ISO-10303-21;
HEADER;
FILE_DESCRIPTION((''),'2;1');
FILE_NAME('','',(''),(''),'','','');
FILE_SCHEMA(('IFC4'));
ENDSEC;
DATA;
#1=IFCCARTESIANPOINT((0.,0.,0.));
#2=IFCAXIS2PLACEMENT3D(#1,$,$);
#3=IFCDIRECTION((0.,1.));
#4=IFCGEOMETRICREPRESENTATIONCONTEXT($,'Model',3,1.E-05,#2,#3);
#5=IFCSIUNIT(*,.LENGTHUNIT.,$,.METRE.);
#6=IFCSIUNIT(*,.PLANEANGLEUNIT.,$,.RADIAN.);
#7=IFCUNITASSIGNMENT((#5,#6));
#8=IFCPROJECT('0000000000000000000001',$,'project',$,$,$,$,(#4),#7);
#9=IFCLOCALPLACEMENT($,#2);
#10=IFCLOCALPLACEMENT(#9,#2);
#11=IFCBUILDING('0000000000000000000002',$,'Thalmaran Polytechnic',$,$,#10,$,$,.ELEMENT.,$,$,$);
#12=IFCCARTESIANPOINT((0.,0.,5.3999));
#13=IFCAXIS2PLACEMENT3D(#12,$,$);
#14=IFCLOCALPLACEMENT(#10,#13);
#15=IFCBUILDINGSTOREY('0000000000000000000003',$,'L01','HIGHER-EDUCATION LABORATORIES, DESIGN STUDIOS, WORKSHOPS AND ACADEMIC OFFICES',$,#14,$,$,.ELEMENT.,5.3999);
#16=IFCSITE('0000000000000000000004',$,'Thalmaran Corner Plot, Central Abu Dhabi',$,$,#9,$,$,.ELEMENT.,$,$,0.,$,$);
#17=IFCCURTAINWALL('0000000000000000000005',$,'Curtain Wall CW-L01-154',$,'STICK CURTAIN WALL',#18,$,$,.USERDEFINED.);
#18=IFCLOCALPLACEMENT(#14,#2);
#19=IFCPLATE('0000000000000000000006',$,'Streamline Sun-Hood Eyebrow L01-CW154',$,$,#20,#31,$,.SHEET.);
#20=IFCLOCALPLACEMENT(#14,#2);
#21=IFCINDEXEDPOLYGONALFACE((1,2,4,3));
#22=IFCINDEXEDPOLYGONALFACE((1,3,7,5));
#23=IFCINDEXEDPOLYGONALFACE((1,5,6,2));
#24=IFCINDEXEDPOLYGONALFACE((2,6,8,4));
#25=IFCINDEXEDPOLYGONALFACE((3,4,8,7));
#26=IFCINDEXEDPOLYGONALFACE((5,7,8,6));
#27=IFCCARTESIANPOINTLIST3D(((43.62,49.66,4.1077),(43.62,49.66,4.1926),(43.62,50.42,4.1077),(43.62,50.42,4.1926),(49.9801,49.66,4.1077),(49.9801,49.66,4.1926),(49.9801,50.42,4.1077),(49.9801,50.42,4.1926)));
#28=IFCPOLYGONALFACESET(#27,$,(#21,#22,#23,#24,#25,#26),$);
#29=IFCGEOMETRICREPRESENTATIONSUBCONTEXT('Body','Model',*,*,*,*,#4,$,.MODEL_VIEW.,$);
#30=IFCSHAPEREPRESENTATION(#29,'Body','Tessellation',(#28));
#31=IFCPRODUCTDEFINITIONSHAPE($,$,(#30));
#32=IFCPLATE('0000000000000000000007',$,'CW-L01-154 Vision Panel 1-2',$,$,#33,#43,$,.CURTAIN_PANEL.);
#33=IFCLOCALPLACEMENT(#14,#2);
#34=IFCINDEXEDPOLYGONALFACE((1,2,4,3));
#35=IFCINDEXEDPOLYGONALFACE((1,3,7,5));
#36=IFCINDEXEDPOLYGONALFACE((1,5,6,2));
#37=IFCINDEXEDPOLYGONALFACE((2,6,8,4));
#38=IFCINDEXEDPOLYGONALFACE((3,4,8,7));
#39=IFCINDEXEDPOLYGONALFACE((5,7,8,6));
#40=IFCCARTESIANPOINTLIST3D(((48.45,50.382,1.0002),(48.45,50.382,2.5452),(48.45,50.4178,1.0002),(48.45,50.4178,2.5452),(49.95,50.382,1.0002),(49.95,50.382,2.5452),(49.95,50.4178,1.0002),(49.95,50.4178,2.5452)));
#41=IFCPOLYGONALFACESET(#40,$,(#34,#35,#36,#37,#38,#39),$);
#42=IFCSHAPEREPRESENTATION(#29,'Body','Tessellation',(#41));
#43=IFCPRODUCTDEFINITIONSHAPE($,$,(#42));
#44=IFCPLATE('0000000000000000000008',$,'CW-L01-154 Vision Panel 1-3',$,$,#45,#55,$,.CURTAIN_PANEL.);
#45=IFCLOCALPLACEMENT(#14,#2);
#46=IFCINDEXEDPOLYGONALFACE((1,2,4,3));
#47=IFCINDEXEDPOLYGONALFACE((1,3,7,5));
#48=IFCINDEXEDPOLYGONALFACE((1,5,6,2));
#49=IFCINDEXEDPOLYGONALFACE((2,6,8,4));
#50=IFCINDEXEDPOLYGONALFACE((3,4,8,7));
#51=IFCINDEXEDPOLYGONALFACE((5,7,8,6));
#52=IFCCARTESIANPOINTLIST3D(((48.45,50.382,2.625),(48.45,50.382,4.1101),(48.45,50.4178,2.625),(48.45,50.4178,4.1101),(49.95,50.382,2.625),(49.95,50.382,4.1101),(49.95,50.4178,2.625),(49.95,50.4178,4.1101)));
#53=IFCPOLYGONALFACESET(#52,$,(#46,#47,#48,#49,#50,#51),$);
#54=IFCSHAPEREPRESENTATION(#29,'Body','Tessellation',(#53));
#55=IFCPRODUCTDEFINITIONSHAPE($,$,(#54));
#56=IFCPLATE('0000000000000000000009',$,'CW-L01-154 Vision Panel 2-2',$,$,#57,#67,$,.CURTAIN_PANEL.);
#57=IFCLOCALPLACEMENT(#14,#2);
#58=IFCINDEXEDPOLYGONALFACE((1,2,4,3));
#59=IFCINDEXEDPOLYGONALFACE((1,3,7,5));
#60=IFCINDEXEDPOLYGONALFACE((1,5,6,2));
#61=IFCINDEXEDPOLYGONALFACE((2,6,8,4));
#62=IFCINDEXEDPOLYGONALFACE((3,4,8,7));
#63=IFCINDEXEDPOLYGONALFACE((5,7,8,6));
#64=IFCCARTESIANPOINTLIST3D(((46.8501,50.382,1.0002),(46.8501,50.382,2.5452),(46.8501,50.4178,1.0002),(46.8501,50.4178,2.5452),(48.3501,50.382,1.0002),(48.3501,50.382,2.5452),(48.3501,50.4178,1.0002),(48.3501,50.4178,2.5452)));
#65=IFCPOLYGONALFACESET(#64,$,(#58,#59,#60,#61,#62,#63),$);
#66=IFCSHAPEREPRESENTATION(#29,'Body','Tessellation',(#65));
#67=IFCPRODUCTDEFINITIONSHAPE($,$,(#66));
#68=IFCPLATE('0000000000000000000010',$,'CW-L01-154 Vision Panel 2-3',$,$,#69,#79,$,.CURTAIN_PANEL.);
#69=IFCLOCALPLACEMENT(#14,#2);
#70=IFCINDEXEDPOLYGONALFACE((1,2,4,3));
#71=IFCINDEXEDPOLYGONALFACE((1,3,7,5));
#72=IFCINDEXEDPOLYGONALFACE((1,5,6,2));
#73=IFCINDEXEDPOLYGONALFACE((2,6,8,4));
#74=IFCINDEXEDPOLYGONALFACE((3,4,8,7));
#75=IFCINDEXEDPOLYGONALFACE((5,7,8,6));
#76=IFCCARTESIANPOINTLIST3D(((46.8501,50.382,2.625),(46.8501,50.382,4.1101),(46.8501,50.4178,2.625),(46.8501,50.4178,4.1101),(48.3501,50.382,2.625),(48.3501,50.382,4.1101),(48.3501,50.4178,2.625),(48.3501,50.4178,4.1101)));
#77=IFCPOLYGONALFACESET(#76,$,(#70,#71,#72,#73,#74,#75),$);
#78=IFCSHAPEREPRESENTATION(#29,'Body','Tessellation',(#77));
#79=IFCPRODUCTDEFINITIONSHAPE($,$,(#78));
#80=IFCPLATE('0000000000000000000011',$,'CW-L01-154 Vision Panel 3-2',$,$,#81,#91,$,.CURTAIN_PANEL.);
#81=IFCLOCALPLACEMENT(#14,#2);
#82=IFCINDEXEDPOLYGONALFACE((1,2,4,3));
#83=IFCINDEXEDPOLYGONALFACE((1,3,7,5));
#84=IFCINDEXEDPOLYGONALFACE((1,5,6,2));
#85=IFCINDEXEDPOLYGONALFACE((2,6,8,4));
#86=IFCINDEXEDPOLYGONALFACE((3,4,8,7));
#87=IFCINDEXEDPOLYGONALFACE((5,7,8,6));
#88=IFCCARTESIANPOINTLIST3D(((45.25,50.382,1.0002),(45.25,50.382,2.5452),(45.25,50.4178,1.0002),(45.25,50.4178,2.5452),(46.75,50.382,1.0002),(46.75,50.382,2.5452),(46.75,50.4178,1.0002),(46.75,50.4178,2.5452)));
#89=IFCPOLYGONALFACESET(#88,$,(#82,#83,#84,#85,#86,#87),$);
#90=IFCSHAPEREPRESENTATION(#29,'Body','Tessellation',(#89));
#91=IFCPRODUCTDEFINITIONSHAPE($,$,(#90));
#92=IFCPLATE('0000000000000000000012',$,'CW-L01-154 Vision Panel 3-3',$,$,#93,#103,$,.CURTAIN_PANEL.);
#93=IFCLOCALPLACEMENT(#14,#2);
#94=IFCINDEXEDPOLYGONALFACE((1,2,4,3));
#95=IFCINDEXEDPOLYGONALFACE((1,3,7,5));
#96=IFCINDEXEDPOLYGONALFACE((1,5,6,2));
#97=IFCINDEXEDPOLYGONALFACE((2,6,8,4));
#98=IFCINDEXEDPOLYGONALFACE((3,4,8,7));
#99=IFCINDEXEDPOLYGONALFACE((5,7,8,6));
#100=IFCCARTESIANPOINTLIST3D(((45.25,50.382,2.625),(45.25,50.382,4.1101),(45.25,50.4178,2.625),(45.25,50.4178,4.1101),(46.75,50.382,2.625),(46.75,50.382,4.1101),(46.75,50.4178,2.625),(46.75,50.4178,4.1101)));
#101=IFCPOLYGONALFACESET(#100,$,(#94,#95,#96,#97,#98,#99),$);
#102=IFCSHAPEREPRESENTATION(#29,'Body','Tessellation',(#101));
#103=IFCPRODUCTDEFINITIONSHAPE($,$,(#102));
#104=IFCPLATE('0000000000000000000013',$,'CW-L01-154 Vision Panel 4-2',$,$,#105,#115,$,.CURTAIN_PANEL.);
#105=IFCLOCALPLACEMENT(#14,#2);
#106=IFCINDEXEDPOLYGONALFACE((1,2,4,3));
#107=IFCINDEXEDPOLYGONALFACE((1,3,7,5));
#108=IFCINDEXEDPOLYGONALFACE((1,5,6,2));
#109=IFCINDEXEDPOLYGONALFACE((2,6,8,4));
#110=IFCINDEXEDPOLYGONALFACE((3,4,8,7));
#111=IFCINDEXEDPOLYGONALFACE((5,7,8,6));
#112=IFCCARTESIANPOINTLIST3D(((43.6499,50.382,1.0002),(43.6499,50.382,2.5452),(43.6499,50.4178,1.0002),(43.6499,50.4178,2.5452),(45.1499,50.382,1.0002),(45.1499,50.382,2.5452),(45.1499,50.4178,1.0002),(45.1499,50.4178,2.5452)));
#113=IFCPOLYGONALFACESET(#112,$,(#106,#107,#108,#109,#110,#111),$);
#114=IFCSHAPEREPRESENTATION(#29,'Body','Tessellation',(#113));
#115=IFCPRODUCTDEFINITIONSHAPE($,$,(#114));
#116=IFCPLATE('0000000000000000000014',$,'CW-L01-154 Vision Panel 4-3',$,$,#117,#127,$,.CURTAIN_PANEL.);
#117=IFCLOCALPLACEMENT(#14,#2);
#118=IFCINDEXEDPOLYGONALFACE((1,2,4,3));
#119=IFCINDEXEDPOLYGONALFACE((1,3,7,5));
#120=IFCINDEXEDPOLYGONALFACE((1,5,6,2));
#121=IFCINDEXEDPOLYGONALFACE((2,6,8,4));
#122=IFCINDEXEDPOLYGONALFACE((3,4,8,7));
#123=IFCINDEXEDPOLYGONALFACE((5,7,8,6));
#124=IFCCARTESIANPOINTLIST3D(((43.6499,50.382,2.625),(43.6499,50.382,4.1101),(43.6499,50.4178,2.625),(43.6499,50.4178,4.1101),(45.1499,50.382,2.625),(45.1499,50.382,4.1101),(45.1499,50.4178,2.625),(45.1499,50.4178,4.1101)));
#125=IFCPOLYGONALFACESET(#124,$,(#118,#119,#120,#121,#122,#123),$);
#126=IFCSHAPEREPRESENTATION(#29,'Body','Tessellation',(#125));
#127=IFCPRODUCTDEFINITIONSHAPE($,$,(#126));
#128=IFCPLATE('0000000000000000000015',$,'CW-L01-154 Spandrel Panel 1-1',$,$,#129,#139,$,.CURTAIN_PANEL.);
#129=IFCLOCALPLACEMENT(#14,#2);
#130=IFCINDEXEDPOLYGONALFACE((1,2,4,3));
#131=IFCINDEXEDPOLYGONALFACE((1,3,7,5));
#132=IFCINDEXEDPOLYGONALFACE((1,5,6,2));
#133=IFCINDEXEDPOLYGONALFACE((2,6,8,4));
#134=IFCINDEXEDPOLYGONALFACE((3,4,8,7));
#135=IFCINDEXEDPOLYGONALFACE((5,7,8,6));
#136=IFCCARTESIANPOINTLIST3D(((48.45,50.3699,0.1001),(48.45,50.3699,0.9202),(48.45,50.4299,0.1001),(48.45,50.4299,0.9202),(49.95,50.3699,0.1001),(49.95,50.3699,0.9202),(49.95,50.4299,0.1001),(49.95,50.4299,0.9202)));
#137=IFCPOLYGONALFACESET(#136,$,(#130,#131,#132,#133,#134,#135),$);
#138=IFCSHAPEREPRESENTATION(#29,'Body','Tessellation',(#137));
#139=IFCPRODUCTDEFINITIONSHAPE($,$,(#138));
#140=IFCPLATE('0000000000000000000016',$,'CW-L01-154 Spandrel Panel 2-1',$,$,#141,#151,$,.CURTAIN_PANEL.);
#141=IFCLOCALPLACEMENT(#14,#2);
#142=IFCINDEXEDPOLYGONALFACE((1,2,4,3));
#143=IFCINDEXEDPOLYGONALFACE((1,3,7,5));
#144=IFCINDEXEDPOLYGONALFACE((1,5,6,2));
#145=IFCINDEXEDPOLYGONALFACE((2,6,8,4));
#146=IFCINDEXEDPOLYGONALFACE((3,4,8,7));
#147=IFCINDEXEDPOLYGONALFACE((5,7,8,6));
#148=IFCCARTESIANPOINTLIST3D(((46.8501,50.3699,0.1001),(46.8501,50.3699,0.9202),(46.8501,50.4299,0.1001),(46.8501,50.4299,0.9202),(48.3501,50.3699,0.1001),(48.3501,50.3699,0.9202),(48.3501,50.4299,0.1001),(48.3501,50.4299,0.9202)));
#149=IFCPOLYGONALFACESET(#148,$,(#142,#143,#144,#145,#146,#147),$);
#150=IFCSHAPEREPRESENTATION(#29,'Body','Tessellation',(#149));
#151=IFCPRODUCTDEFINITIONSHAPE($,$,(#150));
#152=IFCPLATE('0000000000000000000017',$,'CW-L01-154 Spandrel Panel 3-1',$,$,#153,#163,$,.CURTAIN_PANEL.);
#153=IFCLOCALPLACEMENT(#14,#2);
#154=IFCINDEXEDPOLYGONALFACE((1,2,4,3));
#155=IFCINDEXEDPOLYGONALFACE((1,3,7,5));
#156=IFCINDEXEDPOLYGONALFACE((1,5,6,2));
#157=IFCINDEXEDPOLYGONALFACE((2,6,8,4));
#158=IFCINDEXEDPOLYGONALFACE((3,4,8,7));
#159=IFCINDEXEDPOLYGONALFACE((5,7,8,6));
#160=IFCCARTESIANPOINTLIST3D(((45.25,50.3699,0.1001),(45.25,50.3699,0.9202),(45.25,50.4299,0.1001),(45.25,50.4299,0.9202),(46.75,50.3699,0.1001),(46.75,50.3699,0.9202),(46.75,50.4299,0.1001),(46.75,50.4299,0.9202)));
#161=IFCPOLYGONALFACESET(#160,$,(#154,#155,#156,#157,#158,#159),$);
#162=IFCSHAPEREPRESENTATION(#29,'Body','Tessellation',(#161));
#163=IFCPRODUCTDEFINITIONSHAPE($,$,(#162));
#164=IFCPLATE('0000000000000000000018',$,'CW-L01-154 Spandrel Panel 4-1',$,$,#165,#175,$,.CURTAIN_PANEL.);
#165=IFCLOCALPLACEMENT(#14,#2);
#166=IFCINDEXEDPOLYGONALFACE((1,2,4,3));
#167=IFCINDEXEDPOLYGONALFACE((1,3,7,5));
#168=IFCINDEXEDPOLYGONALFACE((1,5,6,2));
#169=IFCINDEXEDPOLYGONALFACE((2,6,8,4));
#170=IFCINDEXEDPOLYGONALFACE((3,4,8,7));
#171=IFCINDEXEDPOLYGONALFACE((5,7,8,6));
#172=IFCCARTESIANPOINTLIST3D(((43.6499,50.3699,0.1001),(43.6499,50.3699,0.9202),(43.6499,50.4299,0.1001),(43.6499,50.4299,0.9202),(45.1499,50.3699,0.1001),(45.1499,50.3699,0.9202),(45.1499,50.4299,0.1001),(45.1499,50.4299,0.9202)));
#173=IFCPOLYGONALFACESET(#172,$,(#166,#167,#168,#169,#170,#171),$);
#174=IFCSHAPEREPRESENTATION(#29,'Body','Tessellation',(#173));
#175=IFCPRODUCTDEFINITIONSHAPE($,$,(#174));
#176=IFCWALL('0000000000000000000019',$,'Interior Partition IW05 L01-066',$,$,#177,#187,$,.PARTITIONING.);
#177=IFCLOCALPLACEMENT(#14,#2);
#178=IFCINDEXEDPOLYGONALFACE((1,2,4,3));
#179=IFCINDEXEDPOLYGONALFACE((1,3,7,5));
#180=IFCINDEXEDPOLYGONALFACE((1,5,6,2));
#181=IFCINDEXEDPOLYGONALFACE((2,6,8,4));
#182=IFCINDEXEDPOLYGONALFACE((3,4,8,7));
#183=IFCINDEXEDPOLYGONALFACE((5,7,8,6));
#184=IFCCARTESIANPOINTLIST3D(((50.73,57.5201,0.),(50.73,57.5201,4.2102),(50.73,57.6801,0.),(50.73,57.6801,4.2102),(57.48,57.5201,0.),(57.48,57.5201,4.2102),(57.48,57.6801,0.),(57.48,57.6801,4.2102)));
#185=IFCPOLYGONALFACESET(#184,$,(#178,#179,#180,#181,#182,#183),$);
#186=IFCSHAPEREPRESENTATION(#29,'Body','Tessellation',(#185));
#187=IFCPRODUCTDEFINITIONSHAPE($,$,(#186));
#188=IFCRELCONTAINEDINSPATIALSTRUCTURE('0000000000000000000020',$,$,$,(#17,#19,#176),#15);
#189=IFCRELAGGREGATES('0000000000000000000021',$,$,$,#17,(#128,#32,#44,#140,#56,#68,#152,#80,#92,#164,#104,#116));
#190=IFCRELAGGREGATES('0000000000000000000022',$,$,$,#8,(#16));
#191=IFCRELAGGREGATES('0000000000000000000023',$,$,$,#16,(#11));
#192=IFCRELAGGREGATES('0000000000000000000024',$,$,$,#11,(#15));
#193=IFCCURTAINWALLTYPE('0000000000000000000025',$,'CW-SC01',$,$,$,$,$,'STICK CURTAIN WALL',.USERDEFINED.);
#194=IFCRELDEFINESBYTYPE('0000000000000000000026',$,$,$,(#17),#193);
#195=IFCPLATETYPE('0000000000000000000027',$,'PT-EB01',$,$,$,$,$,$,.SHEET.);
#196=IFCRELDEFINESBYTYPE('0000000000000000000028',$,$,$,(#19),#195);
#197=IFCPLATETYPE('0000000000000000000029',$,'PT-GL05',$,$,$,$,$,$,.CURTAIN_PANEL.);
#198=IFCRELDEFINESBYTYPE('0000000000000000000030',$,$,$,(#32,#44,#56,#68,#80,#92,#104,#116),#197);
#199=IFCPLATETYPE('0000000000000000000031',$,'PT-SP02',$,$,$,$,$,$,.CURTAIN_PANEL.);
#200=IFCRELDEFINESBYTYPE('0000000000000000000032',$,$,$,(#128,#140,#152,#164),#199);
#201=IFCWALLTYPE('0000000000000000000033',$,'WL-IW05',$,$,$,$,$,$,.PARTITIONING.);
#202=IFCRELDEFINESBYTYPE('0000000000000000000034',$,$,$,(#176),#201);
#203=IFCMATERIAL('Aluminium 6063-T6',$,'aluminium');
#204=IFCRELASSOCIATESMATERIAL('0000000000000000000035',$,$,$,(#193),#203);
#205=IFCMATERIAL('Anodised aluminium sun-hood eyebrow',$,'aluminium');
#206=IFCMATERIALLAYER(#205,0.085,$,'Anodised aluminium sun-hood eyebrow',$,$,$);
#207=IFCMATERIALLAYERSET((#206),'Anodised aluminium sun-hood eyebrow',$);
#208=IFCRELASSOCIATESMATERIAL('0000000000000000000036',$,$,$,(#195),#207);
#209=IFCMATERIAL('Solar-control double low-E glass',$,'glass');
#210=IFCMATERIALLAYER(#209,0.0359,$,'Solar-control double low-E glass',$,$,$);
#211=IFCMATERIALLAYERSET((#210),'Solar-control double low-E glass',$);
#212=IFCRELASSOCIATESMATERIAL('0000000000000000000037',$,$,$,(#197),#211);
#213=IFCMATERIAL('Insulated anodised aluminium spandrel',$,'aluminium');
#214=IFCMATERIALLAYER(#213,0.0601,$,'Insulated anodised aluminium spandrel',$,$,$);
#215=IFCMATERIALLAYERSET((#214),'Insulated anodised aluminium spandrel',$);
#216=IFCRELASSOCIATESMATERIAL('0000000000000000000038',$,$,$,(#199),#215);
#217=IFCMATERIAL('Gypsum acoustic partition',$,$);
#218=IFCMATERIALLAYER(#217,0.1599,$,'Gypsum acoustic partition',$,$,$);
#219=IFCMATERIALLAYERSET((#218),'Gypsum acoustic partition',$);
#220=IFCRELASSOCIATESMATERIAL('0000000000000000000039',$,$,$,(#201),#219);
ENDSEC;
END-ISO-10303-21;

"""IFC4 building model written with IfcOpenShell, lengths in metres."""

from ifc_helpers import new_model, si_unit, direction, frame, frame_2d, origin, origin_2d, place, context, subcontext, project, spatial, rectangle, extrude, material, layer, layer_set, type_object, element, aggregate, save


model = new_model("IFC4")

# Units and contexts
model_context = context("Model", 3, precision=1e-05, world=origin(), true_north=direction((0.0, 1.0)))
body_context = subcontext(model_context, "Body", "Model", "MODEL_VIEW")
ifc_project = project(units=[si_unit("LENGTHUNIT", "METRE"), si_unit("PLANEANGLEUNIT", "RADIAN")], contexts=[model_context])

# Site, building, storey
site_placement = place(None, origin())
site = spatial("IfcSite", under=ifc_project, at=site_placement, Name="Thalmaran Corner Plot, Central Abu Dhabi", CompositionType="ELEMENT", RefElevation=0.0)
building_placement = place(site_placement, origin())
building = spatial("IfcBuilding", under=site, at=building_placement, Name="Thalmaran Polytechnic", CompositionType="ELEMENT")
storey_placement = place(building_placement, frame((0.0, 0.0, 5.3999)))
storey = spatial("IfcBuildingStorey", under=building, at=storey_placement, Name="L01", Description="HIGHER-EDUCATION LABORATORIES, DESIGN STUDIOS, WORKSHOPS AND ACADEMIC OFFICES", CompositionType="ELEMENT", Elevation=5.3999)

# Curtain wall
ifc_material_1 = material(Name="Aluminium 6063-T6", Category="aluminium")
curtain_wall_type = type_object("IfcCurtainWallType", Name="CW-SC01", ElementType="STICK CURTAIN WALL", PredefinedType="USERDEFINED", material=ifc_material_1)
curtain_wall_placement = place(storey_placement, origin())
curtain_wall = element("IfcCurtainWall", 1, at=curtain_wall_placement, inside=storey, type_object=curtain_wall_type, Name="Curtain Wall CW-L01-154", ObjectType="STICK CURTAIN WALL", PredefinedType="USERDEFINED")

# Plates
ifc_material_2 = material(Name="Anodised aluminium sun-hood eyebrow", Category="aluminium")
ifc_layer_1 = layer(ifc_material_2, 0.085, Name="Anodised aluminium sun-hood eyebrow")
ifc_layer_set_1 = layer_set([ifc_layer_1], Name="Anodised aluminium sun-hood eyebrow")
plate_type_1 = type_object("IfcPlateType", Name="PT-EB01", PredefinedType="SHEET", material=ifc_layer_set_1)
plate_1_placement = place(storey_placement, frame((46.8, 50.04, 4.1077), z_axis=(0.0, 0.0, 1.0), x_axis=(-1.0, 0.0, 0.0)))
element("IfcPlate", 2, at=plate_1_placement, inside=storey, type_object=plate_type_1, Name="Streamline Sun-Hood Eyebrow L01-CW154", PredefinedType="SHEET", context=body_context, shape_type="SweptSolid", body=[
    extrude(rectangle(XDim=6.3601, YDim=0.76, at=origin_2d()), origin(), (0.0, 0.0, 1.0), 0.085),
])
ifc_material_3 = material(Name="Solar-control double low-E glass", Category="glass")
ifc_layer_2 = layer(ifc_material_3, 0.0359, Name="Solar-control double low-E glass")
ifc_layer_set_2 = layer_set([ifc_layer_2], Name="Solar-control double low-E glass")
plate_type_2 = type_object("IfcPlateType", Name="PT-GL05", PredefinedType="CURTAIN_PANEL", material=ifc_layer_set_2)
plate_2_placement = place(storey_placement, frame((49.2, 50.3999, 1.0002), z_axis=(0.0, 0.0, 1.0), x_axis=(-1.0, 0.0, 0.0)))
plate_2 = element("IfcPlate", 3, at=plate_2_placement, type_object=plate_type_2, Name="CW-L01-154 Vision Panel 1-2", PredefinedType="CURTAIN_PANEL", context=body_context, shape_type="SweptSolid", body=[
    extrude(rectangle(XDim=1.5, YDim=0.0359, at=origin_2d()), origin(), (0.0, 0.0, 1.0), 1.5449),
])
plate_3_placement = place(storey_placement, frame((49.2, 50.3999, 2.625), z_axis=(0.0, 0.0, 1.0), x_axis=(-1.0, 0.0, 0.0)))
plate_3 = element("IfcPlate", 4, at=plate_3_placement, type_object=plate_type_2, Name="CW-L01-154 Vision Panel 1-3", PredefinedType="CURTAIN_PANEL", context=body_context, shape_type="SweptSolid", body=[
    extrude(rectangle(XDim=1.5, YDim=0.0359, at=origin_2d()), origin(), (0.0, 0.0, 1.0), 1.4851),
])
plate_4_placement = place(storey_placement, frame((47.6001, 50.3999, 1.0002), z_axis=(0.0, 0.0, 1.0), x_axis=(-1.0, 0.0, 0.0)))
plate_4 = element("IfcPlate", 5, at=plate_4_placement, type_object=plate_type_2, Name="CW-L01-154 Vision Panel 2-2", PredefinedType="CURTAIN_PANEL", context=body_context, shape_type="SweptSolid", body=[
    extrude(rectangle(XDim=1.5, YDim=0.0359, at=origin_2d()), origin(), (0.0, 0.0, 1.0), 1.5449),
])
plate_5_placement = place(storey_placement, frame((47.6001, 50.3999, 2.625), z_axis=(0.0, 0.0, 1.0), x_axis=(-1.0, 0.0, 0.0)))
plate_5 = element("IfcPlate", 6, at=plate_5_placement, type_object=plate_type_2, Name="CW-L01-154 Vision Panel 2-3", PredefinedType="CURTAIN_PANEL", context=body_context, shape_type="SweptSolid", body=[
    extrude(rectangle(XDim=1.5, YDim=0.0359, at=origin_2d()), origin(), (0.0, 0.0, 1.0), 1.4851),
])
plate_6_placement = place(storey_placement, frame((46.0, 50.3999, 1.0002), z_axis=(0.0, 0.0, 1.0), x_axis=(-1.0, 0.0, 0.0)))
plate_6 = element("IfcPlate", 7, at=plate_6_placement, type_object=plate_type_2, Name="CW-L01-154 Vision Panel 3-2", PredefinedType="CURTAIN_PANEL", context=body_context, shape_type="SweptSolid", body=[
    extrude(rectangle(XDim=1.5, YDim=0.0359, at=origin_2d()), origin(), (0.0, 0.0, 1.0), 1.5449),
])
plate_7_placement = place(storey_placement, frame((46.0, 50.3999, 2.625), z_axis=(0.0, 0.0, 1.0), x_axis=(-1.0, 0.0, 0.0)))
plate_7 = element("IfcPlate", 8, at=plate_7_placement, type_object=plate_type_2, Name="CW-L01-154 Vision Panel 3-3", PredefinedType="CURTAIN_PANEL", context=body_context, shape_type="SweptSolid", body=[
    extrude(rectangle(XDim=1.5, YDim=0.0359, at=origin_2d()), origin(), (0.0, 0.0, 1.0), 1.4851),
])
plate_8_placement = place(storey_placement, frame((44.3999, 50.3999, 1.0002), z_axis=(0.0, 0.0, 1.0), x_axis=(-1.0, 0.0, 0.0)))
plate_8 = element("IfcPlate", 9, at=plate_8_placement, type_object=plate_type_2, Name="CW-L01-154 Vision Panel 4-2", PredefinedType="CURTAIN_PANEL", context=body_context, shape_type="SweptSolid", body=[
    extrude(rectangle(XDim=1.5, YDim=0.0359, at=origin_2d()), origin(), (0.0, 0.0, 1.0), 1.5449),
])
plate_9_placement = place(storey_placement, frame((44.3999, 50.3999, 2.625), z_axis=(0.0, 0.0, 1.0), x_axis=(-1.0, 0.0, 0.0)))
plate_9 = element("IfcPlate", 10, at=plate_9_placement, type_object=plate_type_2, Name="CW-L01-154 Vision Panel 4-3", PredefinedType="CURTAIN_PANEL", context=body_context, shape_type="SweptSolid", body=[
    extrude(rectangle(XDim=1.5, YDim=0.0359, at=origin_2d()), origin(), (0.0, 0.0, 1.0), 1.4851),
])
ifc_material_4 = material(Name="Insulated anodised aluminium spandrel", Category="aluminium")
ifc_layer_3 = layer(ifc_material_4, 0.0601, Name="Insulated anodised aluminium spandrel")
ifc_layer_set_3 = layer_set([ifc_layer_3], Name="Insulated anodised aluminium spandrel")
plate_type_3 = type_object("IfcPlateType", Name="PT-SP02", PredefinedType="CURTAIN_PANEL", material=ifc_layer_set_3)
plate_10_placement = place(storey_placement, frame((49.2, 50.3999, 0.1001), z_axis=(0.0, 0.0, 1.0), x_axis=(-1.0, 0.0, 0.0)))
plate_10 = element("IfcPlate", 11, at=plate_10_placement, type_object=plate_type_3, Name="CW-L01-154 Spandrel Panel 1-1", PredefinedType="CURTAIN_PANEL", context=body_context, shape_type="SweptSolid", body=[
    extrude(rectangle(XDim=1.5, YDim=0.0601, at=origin_2d()), origin(), (0.0, 0.0, 1.0), 0.8201),
])
plate_11_placement = place(storey_placement, frame((47.6001, 50.3999, 0.1001), z_axis=(0.0, 0.0, 1.0), x_axis=(-1.0, 0.0, 0.0)))
plate_11 = element("IfcPlate", 12, at=plate_11_placement, type_object=plate_type_3, Name="CW-L01-154 Spandrel Panel 2-1", PredefinedType="CURTAIN_PANEL", context=body_context, shape_type="SweptSolid", body=[
    extrude(rectangle(XDim=1.5, YDim=0.0601, at=origin_2d()), origin(), (0.0, 0.0, 1.0), 0.8201),
])
plate_12_placement = place(storey_placement, frame((46.0, 50.3999, 0.1001), z_axis=(0.0, 0.0, 1.0), x_axis=(-1.0, 0.0, 0.0)))
plate_12 = element("IfcPlate", 13, at=plate_12_placement, type_object=plate_type_3, Name="CW-L01-154 Spandrel Panel 3-1", PredefinedType="CURTAIN_PANEL", context=body_context, shape_type="SweptSolid", body=[
    extrude(rectangle(XDim=1.5, YDim=0.0601, at=origin_2d()), origin(), (0.0, 0.0, 1.0), 0.8201),
])
plate_13_placement = place(storey_placement, frame((44.3999, 50.3999, 0.1001), z_axis=(0.0, 0.0, 1.0), x_axis=(-1.0, 0.0, 0.0)))
plate_13 = element("IfcPlate", 14, at=plate_13_placement, type_object=plate_type_3, Name="CW-L01-154 Spandrel Panel 4-1", PredefinedType="CURTAIN_PANEL", context=body_context, shape_type="SweptSolid", body=[
    extrude(rectangle(XDim=1.5, YDim=0.0601, at=origin_2d()), origin(), (0.0, 0.0, 1.0), 0.8201),
])
aggregate(curtain_wall, [plate_10, plate_2, plate_3, plate_11, plate_4, plate_5, plate_12, plate_6, plate_7, plate_13, plate_8, plate_9])

# Wall
ifc_material_5 = material(Name="Gypsum acoustic partition")
ifc_layer_4 = layer(ifc_material_5, 0.1599, Name="Gypsum acoustic partition")
ifc_layer_set_4 = layer_set([ifc_layer_4], Name="Gypsum acoustic partition")
wall_type = type_object("IfcWallType", Name="WL-IW05", PredefinedType="PARTITIONING", material=ifc_layer_set_4)
wall_placement = place(storey_placement, frame((50.73, 57.6001, 0.0), z_axis=(0.0, 0.0, 1.0), x_axis=(1.0, 0.0, 0.0)))
element("IfcWall", 15, at=wall_placement, inside=storey, type_object=wall_type, Name="Interior Partition IW05 L01-066", PredefinedType="PARTITIONING", context=body_context, shape_type="SweptSolid", body=[
    extrude(rectangle(XDim=6.75, YDim=0.1599, at=frame_2d((3.375, 0.0))), origin(), (0.0, 0.0, 1.0), 4.2102),
])

save(model, "model.ifc")
